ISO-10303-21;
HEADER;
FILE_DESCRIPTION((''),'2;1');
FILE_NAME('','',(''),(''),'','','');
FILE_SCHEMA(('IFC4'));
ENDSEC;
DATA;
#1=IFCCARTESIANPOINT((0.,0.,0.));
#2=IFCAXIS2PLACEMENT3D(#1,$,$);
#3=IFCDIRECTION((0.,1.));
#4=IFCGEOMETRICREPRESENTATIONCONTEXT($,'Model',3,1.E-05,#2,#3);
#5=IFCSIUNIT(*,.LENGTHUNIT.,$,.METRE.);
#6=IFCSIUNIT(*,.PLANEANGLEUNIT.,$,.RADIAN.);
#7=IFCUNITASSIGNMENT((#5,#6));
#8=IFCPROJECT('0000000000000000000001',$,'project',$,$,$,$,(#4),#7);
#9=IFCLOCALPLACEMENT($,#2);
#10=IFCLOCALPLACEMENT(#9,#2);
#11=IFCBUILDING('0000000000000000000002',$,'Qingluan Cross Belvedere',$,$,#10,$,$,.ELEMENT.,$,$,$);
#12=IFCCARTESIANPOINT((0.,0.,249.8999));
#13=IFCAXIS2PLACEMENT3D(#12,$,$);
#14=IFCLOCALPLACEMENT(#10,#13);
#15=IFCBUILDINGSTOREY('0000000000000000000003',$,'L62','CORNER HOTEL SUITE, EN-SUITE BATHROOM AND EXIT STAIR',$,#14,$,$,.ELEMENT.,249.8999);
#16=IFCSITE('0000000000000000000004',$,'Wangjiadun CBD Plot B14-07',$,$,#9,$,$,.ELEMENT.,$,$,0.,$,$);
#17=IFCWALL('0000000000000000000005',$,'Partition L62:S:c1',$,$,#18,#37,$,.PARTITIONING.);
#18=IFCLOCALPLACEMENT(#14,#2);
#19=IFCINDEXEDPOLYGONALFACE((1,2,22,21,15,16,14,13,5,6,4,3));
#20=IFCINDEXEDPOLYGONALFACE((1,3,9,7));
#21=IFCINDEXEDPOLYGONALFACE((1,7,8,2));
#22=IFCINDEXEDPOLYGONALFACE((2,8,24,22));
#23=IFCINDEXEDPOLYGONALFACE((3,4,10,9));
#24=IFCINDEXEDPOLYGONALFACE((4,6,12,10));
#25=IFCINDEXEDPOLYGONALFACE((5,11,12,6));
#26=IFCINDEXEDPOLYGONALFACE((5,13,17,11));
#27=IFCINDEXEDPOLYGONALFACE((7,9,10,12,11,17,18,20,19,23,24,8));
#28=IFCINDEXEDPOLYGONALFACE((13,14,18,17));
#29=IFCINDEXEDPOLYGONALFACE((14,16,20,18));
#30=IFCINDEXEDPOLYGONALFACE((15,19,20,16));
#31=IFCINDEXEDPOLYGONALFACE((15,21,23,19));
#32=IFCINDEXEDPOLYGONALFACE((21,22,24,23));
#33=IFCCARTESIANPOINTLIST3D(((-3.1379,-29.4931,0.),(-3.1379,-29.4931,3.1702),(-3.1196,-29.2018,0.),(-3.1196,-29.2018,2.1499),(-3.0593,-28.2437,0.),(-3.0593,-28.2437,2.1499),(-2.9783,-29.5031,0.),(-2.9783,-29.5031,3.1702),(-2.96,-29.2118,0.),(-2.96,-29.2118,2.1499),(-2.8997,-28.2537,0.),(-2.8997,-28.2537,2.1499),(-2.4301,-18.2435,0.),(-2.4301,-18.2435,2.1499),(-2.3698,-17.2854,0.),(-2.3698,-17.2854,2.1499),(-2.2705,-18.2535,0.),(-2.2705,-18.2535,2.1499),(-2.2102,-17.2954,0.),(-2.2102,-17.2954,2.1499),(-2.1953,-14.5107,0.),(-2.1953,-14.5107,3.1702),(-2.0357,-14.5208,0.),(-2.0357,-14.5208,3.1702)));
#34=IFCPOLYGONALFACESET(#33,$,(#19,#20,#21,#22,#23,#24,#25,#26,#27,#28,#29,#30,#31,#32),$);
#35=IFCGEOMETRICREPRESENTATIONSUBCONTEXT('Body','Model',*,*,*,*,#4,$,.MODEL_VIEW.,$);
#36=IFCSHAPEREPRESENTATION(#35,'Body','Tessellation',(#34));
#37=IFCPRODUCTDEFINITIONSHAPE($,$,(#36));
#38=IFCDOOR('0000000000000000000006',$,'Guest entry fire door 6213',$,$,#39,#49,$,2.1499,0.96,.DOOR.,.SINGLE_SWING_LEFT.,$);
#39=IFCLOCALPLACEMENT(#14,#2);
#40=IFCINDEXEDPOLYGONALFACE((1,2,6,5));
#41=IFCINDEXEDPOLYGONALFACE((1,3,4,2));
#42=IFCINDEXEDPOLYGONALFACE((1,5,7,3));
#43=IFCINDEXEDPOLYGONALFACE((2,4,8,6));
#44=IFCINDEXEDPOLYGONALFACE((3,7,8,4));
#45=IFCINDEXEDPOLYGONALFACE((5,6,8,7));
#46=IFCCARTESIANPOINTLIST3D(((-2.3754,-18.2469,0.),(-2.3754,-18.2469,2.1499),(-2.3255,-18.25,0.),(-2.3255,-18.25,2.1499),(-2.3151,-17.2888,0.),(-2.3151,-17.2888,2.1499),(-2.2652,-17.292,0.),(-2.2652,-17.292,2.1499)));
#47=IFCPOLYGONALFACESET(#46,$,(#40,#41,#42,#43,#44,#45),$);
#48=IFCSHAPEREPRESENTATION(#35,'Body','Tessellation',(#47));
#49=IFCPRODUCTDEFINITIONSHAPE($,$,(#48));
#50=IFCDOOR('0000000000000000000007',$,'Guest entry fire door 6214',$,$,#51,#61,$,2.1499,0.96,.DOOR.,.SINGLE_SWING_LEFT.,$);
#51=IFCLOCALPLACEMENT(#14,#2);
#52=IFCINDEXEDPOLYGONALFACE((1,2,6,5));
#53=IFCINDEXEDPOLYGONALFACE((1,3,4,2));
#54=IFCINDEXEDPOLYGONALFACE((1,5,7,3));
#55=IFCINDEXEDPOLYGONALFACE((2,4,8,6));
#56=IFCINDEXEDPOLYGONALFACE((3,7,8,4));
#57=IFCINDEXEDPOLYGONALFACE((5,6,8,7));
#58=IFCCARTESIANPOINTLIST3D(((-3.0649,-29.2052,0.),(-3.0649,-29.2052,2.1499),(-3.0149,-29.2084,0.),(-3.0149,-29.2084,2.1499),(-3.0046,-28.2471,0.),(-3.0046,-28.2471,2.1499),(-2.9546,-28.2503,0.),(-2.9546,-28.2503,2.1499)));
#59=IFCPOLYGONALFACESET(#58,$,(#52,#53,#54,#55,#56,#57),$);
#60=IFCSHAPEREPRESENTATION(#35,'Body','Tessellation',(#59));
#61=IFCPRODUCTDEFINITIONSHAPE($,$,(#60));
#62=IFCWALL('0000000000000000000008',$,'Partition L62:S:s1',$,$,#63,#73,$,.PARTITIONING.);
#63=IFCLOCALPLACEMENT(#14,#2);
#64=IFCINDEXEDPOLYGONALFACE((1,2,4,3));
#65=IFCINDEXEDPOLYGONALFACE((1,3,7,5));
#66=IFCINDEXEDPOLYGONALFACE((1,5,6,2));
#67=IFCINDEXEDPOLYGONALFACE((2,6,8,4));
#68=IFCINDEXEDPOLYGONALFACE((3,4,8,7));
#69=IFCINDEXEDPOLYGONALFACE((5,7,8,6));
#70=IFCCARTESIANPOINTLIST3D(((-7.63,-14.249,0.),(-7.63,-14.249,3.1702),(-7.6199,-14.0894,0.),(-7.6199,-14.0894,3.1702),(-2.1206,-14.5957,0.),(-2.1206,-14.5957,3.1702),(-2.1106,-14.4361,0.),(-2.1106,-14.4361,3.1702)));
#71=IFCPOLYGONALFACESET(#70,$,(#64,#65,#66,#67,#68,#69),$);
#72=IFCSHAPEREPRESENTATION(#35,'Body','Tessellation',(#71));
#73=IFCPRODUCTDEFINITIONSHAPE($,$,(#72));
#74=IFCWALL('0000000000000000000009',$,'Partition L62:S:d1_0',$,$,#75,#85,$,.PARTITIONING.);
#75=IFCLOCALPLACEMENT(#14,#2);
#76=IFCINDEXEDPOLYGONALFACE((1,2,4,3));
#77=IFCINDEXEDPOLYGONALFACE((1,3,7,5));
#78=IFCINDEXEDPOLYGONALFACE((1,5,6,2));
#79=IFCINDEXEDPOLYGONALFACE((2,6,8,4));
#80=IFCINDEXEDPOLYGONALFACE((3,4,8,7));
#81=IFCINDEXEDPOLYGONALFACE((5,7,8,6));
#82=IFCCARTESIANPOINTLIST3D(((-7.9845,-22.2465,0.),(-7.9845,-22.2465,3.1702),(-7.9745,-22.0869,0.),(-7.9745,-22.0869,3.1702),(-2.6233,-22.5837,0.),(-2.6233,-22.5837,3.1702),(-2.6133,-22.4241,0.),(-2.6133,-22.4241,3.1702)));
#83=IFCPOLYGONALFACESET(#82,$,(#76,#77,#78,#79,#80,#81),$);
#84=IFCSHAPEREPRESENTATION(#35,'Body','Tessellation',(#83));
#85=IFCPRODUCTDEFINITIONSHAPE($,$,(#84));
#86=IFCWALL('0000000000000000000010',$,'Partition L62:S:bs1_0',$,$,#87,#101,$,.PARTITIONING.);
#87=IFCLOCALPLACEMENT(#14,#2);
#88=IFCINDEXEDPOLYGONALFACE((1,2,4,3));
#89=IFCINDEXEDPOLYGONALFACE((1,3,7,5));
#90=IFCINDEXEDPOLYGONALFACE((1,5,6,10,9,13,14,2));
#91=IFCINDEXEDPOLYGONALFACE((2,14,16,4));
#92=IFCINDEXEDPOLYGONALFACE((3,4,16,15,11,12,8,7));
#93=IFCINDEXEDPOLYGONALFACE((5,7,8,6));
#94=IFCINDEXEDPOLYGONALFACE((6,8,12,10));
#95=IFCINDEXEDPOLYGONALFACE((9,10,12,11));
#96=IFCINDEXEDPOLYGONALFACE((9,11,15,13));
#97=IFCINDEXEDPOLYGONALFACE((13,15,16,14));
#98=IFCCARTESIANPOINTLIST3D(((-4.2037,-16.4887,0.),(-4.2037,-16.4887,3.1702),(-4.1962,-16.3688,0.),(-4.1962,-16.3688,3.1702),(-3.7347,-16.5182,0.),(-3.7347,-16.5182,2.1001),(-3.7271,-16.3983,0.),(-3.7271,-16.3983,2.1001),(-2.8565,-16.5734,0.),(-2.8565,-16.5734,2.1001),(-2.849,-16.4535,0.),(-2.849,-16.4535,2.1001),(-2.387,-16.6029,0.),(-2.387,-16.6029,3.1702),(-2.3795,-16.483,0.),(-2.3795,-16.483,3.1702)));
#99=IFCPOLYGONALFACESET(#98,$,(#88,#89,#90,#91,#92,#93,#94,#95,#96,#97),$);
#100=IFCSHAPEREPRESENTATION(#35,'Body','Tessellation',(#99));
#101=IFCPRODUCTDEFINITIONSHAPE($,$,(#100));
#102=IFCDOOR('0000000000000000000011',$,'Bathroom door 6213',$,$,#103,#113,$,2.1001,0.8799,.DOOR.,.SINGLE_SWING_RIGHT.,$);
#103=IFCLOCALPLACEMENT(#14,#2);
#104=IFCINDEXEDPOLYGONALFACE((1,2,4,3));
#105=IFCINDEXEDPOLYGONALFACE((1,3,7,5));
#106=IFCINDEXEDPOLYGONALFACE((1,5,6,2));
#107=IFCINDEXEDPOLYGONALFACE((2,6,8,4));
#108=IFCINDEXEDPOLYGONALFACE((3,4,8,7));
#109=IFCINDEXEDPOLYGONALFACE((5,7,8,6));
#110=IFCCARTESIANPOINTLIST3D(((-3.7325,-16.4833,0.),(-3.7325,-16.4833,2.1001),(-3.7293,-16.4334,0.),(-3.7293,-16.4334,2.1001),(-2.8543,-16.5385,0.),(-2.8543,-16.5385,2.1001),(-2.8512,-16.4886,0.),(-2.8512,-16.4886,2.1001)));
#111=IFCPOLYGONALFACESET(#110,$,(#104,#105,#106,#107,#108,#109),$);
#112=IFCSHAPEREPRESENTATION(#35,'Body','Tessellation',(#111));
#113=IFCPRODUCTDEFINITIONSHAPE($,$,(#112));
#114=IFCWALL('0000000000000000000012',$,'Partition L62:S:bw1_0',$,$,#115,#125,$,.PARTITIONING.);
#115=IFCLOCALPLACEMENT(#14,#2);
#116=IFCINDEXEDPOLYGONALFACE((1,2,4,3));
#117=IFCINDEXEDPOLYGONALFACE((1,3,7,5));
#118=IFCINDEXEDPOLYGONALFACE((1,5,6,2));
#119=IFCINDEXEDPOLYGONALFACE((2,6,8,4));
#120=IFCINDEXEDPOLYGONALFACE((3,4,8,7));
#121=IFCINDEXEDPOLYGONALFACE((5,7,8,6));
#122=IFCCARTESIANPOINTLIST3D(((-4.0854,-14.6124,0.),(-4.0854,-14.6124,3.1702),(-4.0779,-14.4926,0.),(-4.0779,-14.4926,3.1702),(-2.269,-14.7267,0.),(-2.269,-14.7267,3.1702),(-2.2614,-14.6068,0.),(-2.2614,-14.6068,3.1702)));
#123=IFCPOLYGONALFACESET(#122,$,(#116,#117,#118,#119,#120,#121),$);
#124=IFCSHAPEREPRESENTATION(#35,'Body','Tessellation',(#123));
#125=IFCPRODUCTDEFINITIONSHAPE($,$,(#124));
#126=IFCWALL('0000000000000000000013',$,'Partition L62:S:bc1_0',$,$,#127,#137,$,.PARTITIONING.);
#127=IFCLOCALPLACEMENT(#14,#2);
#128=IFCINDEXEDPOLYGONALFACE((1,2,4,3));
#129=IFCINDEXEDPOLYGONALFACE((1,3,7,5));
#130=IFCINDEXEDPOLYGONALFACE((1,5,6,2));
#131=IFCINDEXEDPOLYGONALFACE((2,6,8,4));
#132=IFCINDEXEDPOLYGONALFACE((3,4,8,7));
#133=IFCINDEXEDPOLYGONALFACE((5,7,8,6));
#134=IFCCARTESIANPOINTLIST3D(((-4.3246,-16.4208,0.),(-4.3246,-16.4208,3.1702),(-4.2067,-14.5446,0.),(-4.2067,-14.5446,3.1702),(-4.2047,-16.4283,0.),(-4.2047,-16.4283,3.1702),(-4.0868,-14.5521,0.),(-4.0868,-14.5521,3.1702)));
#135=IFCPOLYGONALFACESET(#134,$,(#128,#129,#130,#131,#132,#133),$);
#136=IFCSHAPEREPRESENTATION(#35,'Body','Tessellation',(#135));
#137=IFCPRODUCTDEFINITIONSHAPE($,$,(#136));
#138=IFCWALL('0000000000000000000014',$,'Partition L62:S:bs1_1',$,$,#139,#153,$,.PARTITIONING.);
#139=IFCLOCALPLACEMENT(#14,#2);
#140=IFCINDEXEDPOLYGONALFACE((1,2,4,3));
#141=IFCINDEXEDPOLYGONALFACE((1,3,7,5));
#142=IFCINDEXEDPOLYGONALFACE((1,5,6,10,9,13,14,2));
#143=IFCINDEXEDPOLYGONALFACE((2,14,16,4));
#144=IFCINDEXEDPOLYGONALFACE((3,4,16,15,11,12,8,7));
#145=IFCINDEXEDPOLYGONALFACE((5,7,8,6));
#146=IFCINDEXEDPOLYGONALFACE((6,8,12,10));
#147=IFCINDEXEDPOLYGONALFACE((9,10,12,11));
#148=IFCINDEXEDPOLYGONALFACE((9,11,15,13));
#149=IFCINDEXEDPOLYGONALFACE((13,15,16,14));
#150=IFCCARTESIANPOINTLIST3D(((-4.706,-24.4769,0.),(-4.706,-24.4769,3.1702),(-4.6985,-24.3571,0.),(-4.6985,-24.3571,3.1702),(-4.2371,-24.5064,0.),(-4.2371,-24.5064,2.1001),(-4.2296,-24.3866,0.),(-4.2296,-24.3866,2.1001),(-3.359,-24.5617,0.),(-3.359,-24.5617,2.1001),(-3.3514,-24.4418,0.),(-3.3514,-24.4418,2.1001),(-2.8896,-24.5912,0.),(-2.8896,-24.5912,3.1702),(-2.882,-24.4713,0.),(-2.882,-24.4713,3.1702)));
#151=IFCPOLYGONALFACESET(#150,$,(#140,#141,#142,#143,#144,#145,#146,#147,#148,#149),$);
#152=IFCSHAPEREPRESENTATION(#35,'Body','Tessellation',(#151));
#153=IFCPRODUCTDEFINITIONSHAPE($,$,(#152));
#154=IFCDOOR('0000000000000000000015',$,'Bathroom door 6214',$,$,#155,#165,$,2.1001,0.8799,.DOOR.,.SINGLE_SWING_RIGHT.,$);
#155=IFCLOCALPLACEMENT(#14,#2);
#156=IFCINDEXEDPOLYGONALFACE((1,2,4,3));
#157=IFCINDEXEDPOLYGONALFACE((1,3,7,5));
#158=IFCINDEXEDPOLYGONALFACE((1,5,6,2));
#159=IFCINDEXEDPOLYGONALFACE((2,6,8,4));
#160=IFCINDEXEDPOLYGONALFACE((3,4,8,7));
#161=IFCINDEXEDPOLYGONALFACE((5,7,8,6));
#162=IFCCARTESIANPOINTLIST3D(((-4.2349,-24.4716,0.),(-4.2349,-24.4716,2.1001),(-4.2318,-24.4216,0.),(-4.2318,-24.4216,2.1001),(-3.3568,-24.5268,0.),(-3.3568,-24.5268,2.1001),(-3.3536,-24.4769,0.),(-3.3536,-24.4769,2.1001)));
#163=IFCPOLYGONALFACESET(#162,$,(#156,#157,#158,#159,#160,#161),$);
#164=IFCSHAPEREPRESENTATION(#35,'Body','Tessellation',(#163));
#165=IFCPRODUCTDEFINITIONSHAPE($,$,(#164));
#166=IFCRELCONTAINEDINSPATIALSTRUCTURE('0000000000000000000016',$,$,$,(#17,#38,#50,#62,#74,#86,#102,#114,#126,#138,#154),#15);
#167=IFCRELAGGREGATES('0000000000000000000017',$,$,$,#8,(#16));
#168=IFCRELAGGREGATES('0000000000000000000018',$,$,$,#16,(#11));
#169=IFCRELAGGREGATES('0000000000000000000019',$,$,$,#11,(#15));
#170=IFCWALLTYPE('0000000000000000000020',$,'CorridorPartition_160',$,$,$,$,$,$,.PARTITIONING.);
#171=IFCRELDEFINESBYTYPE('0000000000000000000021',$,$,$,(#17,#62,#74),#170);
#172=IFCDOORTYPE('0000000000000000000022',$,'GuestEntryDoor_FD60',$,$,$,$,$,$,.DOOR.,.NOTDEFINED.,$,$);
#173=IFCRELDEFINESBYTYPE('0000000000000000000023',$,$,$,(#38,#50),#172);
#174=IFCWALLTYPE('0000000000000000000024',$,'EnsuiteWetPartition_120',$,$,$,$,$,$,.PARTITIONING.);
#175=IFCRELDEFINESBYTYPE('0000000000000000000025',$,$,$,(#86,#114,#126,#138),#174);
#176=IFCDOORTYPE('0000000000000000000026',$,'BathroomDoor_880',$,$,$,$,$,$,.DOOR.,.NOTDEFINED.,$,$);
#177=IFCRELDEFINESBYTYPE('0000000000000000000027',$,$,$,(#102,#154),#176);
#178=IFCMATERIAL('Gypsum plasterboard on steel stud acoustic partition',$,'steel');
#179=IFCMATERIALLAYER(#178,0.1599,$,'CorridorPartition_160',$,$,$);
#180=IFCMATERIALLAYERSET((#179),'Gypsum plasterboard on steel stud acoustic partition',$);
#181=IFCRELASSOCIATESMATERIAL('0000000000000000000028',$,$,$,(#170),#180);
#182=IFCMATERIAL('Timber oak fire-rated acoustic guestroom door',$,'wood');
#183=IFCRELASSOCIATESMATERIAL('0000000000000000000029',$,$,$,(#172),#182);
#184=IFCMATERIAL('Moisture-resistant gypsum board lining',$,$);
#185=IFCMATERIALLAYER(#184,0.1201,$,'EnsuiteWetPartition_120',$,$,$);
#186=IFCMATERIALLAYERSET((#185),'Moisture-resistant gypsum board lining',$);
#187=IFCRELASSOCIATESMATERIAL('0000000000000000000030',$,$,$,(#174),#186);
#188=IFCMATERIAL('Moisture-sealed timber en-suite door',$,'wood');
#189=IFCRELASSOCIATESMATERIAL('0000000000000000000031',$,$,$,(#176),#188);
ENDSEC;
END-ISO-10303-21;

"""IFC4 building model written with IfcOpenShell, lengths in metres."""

from ifc_helpers import new_model, si_unit, direction, frame, frame_2d, origin, place, context, subcontext, project, spatial, rectangle, extrude, material, layer, layer_set, type_object, element, fill, save


model = new_model("IFC4")

# Units and contexts
model_context = context("Model", 3, precision=1e-05, world=origin(), true_north=direction((0.0, 1.0)))
body_context = subcontext(model_context, "Body", "Model", "MODEL_VIEW")
ifc_project = project(units=[si_unit("LENGTHUNIT", "METRE"), si_unit("PLANEANGLEUNIT", "RADIAN")], contexts=[model_context])

# Site, building, storey
site_placement = place(None, origin())
site = spatial("IfcSite", under=ifc_project, at=site_placement, Name="Wangjiadun CBD Plot B14-07", CompositionType="ELEMENT", RefElevation=0.0)
building_placement = place(site_placement, origin())
building = spatial("IfcBuilding", under=site, at=building_placement, Name="Qingluan Cross Belvedere", CompositionType="ELEMENT")
storey_placement = place(building_placement, frame((0.0, 0.0, 249.8999)))
storey = spatial("IfcBuildingStorey", under=building, at=storey_placement, Name="L62", Description="CORNER HOTEL SUITE, EN-SUITE BATHROOM AND EXIT STAIR", CompositionType="ELEMENT", Elevation=249.8999)

# Shared definitions
ifc_material_1 = material(Name="Gypsum plasterboard on steel stud acoustic partition", Category="steel")
ifc_layer_1 = layer(ifc_material_1, 0.1599, Name="CorridorPartition_160")
ifc_layer_set_1 = layer_set([ifc_layer_1], Name="Gypsum plasterboard on steel stud acoustic partition")
wall_type_1 = type_object("IfcWallType", Name="CorridorPartition_160", PredefinedType="PARTITIONING", material=ifc_layer_set_1)

# Wall, openings, doors
wall_1_placement = place(storey_placement, frame((-2.1155, -14.5159, 0.0), z_axis=(0.0, 0.0, 1.0), x_axis=(-0.062791, -0.998027, 0.0)))
wall_1 = element("IfcWall", 1, at=wall_1_placement, inside=storey, type_object=wall_type_1, Name="Partition L62:S:c1", PredefinedType="PARTITIONING", context=body_context, shape_type="SweptSolid", body=[
    extrude(rectangle(XDim=15.012, YDim=0.1599, at=frame_2d((7.5059, 0.0))), origin(), (0.0, 0.0, 1.0), 3.1702),
])
opening_1_placement = place(wall_1_placement, frame((2.78, 0.0, 0.0)))
opening_1 = element("IfcOpeningElement", 2, at=opening_1_placement, cuts=wall_1, PredefinedType="OPENING", context=body_context, shape_type="SweptSolid", body=[
    extrude(rectangle(XDim=0.96, YDim=2.1499, at=frame_2d((0.48, 1.075))), frame((0.0, 0.0898, 0.0), z_axis=(0.0, -1.0, 0.0), x_axis=(1.0, 0.0, 0.0)), (0.0, 0.0, 1.0), 0.1799),
])
opening_2_placement = place(wall_1_placement, frame((13.76, 0.0, 0.0)))
opening_2 = element("IfcOpeningElement", 3, at=opening_2_placement, cuts=wall_1, PredefinedType="OPENING", context=body_context, shape_type="SweptSolid", body=[
    extrude(rectangle(XDim=0.96, YDim=2.1499, at=frame_2d((0.48, 1.075))), frame((0.0, 0.0898, 0.0), z_axis=(0.0, -1.0, 0.0), x_axis=(1.0, 0.0, 0.0)), (0.0, 0.0, 1.0), 0.1799),
])
ifc_material_2 = material(Name="Timber oak fire-rated acoustic guestroom door", Category="wood")
door_type_1 = type_object("IfcDoorType", Name="GuestEntryDoor_FD60", OperationType="NOTDEFINED", PredefinedType="DOOR", material=ifc_material_2)
door_1_placement = place(opening_1_placement, origin())
door_1 = element("IfcDoor", 4, at=door_1_placement, inside=storey, type_object=door_type_1, Name="Guest entry fire door 6213", OperationType="SINGLE_SWING_LEFT", OverallHeight=2.1499, OverallWidth=0.96, PredefinedType="DOOR", context=body_context, shape_type="SweptSolid", body=[
    extrude(rectangle(XDim=0.96, YDim=2.1499, at=frame_2d((0.48, 1.075))), frame((0.0, 0.0249, 0.0), z_axis=(0.0, -1.0, 0.0), x_axis=(1.0, 0.0, 0.0)), (0.0, 0.0, 1.0), 0.05),
])
fill(opening_1, door_1)
door_2_placement = place(opening_2_placement, origin())
door_2 = element("IfcDoor", 5, at=door_2_placement, inside=storey, type_object=door_type_1, Name="Guest entry fire door 6214", OperationType="SINGLE_SWING_LEFT", OverallHeight=2.1499, OverallWidth=0.96, PredefinedType="DOOR", context=body_context, shape_type="SweptSolid", body=[
    extrude(rectangle(XDim=0.96, YDim=2.1499, at=frame_2d((0.48, 1.075))), frame((0.0, 0.0249, 0.0), z_axis=(0.0, -1.0, 0.0), x_axis=(1.0, 0.0, 0.0)), (0.0, 0.0, 1.0), 0.05),
])
fill(opening_2, door_2)

# Walls
wall_2_placement = place(storey_placement, frame((-2.1155, -14.5159, 0.0), z_axis=(0.0, 0.0, 1.0), x_axis=(-0.998026, 0.062802, 0.0)))
element("IfcWall", 6, at=wall_2_placement, inside=storey, type_object=wall_type_1, Name="Partition L62:S:s1", PredefinedType="PARTITIONING", context=body_context, shape_type="SweptSolid", body=[
    extrude(rectangle(XDim=5.5203, YDim=0.1599, at=frame_2d((2.7603, 0.0))), origin(), (0.0, 0.0, 1.0), 3.1702),
])
wall_3_placement = place(storey_placement, frame((-2.6182, -22.5039, 0.0), z_axis=(0.0, 0.0, 1.0), x_axis=(-0.998028, 0.062763, 0.0)))
element("IfcWall", 7, at=wall_3_placement, inside=storey, type_object=wall_type_1, Name="Partition L62:S:d1_0", PredefinedType="PARTITIONING", context=body_context, shape_type="SweptSolid", body=[
    extrude(rectangle(XDim=5.3718, YDim=0.1599, at=frame_2d((2.686, 0.0))), origin(), (0.0, 0.0, 1.0), 3.1702),
])

# Wall, opening, door
ifc_material_3 = material(Name="Moisture-resistant gypsum board lining")
ifc_layer_2 = layer(ifc_material_3, 0.1201, Name="EnsuiteWetPartition_120")
ifc_layer_set_2 = layer_set([ifc_layer_2], Name="Moisture-resistant gypsum board lining")
wall_type_2 = type_object("IfcWallType", Name="EnsuiteWetPartition_120", PredefinedType="PARTITIONING", material=ifc_layer_set_2)
wall_4_placement = place(storey_placement, frame((-4.2, -16.4287, 0.0), z_axis=(0.0, 0.0, 1.0), x_axis=(0.998028, -0.062771, 0.0)))
wall_4 = element("IfcWall", 8, at=wall_4_placement, inside=storey, type_object=wall_type_2, Name="Partition L62:S:bs1_0", PredefinedType="PARTITIONING", context=body_context, shape_type="SweptSolid", body=[
    extrude(rectangle(XDim=1.8203, YDim=0.1201, at=frame_2d((0.9102, 0.0))), origin(), (0.0, 0.0, 1.0), 3.1702),
])
opening_3_placement = place(wall_4_placement, frame((0.47, 0.0, 0.0)))
opening_3 = element("IfcOpeningElement", 9, at=opening_3_placement, cuts=wall_4, PredefinedType="OPENING", context=body_context, shape_type="SweptSolid", body=[
    extrude(rectangle(XDim=0.8799, YDim=2.1001, at=frame_2d((0.4399, 1.05))), frame((0.0, 0.0701, 0.0), z_axis=(0.0, -1.0, 0.0), x_axis=(1.0, 0.0, 0.0)), (0.0, 0.0, 1.0), 0.1401),
])
ifc_material_4 = material(Name="Moisture-sealed timber en-suite door", Category="wood")
door_type_2 = type_object("IfcDoorType", Name="BathroomDoor_880", OperationType="NOTDEFINED", PredefinedType="DOOR", material=ifc_material_4)
door_3_placement = place(opening_3_placement, origin())
door_3 = element("IfcDoor", 10, at=door_3_placement, inside=storey, type_object=door_type_2, Name="Bathroom door 6213", OperationType="SINGLE_SWING_RIGHT", OverallHeight=2.1001, OverallWidth=0.8799, PredefinedType="DOOR", context=body_context, shape_type="SweptSolid", body=[
    extrude(rectangle(XDim=0.8799, YDim=2.1001, at=frame_2d((0.4399, 1.05))), frame((0.0, 0.0249, 0.0), z_axis=(0.0, -1.0, 0.0), x_axis=(1.0, 0.0, 0.0)), (0.0, 0.0, 1.0), 0.05),
])
fill(opening_3, door_3)

# Walls
wall_5_placement = place(storey_placement, frame((-4.0818, -14.5525, 0.0), z_axis=(0.0, 0.0, 1.0), x_axis=(0.998027, -0.062779, 0.0)))
element("IfcWall", 11, at=wall_5_placement, inside=storey, type_object=wall_type_2, Name="Partition L62:S:bw1_0", PredefinedType="PARTITIONING", context=body_context, shape_type="SweptSolid", body=[
    extrude(rectangle(XDim=1.8201, YDim=0.1201, at=frame_2d((0.9102, 0.0))), origin(), (0.0, 0.0, 1.0), 3.1702),
])
wall_6_placement = place(storey_placement, frame((-4.1467, -14.5483, 0.0), z_axis=(0.0, 0.0, 1.0), x_axis=(-0.062726, -0.998031, 0.0)))
element("IfcWall", 12, at=wall_6_placement, inside=storey, type_object=wall_type_2, Name="Partition L62:S:bc1_0", PredefinedType="PARTITIONING", context=body_context, shape_type="SweptSolid", body=[
    extrude(rectangle(XDim=1.8799, YDim=0.1201, at=frame_2d((0.9399, 0.0))), origin(), (0.0, 0.0, 1.0), 3.1702),
])

# Wall, opening, door
wall_7_placement = place(storey_placement, frame((-4.7024, -24.417, 0.0), z_axis=(0.0, 0.0, 1.0), x_axis=(0.998027, -0.062779, 0.0)))
wall_7 = element("IfcWall", 13, at=wall_7_placement, inside=storey, type_object=wall_type_2, Name="Partition L62:S:bs1_1", PredefinedType="PARTITIONING", context=body_context, shape_type="SweptSolid", body=[
    extrude(rectangle(XDim=1.8201, YDim=0.1201, at=frame_2d((0.9102, 0.0))), origin(), (0.0, 0.0, 1.0), 3.1702),
])
opening_4_placement = place(wall_7_placement, frame((0.47, 0.0, 0.0)))
opening_4 = element("IfcOpeningElement", 14, at=opening_4_placement, cuts=wall_7, PredefinedType="OPENING", context=body_context, shape_type="SweptSolid", body=[
    extrude(rectangle(XDim=0.8799, YDim=2.1001, at=frame_2d((0.4399, 1.05))), frame((0.0, 0.0701, 0.0), z_axis=(0.0, -1.0, 0.0), x_axis=(1.0, 0.0, 0.0)), (0.0, 0.0, 1.0), 0.1401),
])
door_4_placement = place(opening_4_placement, origin())
door_4 = element("IfcDoor", 15, at=door_4_placement, inside=storey, type_object=door_type_2, Name="Bathroom door 6214", OperationType="SINGLE_SWING_RIGHT", OverallHeight=2.1001, OverallWidth=0.8799, PredefinedType="DOOR", context=body_context, shape_type="SweptSolid", body=[
    extrude(rectangle(XDim=0.8799, YDim=2.1001, at=frame_2d((0.4399, 1.05))), frame((0.0, 0.0249, 0.0), z_axis=(0.0, -1.0, 0.0), x_axis=(1.0, 0.0, 0.0)), (0.0, 0.0, 1.0), 0.05),
])
fill(opening_4, door_4)

save(model, "model.ifc")
